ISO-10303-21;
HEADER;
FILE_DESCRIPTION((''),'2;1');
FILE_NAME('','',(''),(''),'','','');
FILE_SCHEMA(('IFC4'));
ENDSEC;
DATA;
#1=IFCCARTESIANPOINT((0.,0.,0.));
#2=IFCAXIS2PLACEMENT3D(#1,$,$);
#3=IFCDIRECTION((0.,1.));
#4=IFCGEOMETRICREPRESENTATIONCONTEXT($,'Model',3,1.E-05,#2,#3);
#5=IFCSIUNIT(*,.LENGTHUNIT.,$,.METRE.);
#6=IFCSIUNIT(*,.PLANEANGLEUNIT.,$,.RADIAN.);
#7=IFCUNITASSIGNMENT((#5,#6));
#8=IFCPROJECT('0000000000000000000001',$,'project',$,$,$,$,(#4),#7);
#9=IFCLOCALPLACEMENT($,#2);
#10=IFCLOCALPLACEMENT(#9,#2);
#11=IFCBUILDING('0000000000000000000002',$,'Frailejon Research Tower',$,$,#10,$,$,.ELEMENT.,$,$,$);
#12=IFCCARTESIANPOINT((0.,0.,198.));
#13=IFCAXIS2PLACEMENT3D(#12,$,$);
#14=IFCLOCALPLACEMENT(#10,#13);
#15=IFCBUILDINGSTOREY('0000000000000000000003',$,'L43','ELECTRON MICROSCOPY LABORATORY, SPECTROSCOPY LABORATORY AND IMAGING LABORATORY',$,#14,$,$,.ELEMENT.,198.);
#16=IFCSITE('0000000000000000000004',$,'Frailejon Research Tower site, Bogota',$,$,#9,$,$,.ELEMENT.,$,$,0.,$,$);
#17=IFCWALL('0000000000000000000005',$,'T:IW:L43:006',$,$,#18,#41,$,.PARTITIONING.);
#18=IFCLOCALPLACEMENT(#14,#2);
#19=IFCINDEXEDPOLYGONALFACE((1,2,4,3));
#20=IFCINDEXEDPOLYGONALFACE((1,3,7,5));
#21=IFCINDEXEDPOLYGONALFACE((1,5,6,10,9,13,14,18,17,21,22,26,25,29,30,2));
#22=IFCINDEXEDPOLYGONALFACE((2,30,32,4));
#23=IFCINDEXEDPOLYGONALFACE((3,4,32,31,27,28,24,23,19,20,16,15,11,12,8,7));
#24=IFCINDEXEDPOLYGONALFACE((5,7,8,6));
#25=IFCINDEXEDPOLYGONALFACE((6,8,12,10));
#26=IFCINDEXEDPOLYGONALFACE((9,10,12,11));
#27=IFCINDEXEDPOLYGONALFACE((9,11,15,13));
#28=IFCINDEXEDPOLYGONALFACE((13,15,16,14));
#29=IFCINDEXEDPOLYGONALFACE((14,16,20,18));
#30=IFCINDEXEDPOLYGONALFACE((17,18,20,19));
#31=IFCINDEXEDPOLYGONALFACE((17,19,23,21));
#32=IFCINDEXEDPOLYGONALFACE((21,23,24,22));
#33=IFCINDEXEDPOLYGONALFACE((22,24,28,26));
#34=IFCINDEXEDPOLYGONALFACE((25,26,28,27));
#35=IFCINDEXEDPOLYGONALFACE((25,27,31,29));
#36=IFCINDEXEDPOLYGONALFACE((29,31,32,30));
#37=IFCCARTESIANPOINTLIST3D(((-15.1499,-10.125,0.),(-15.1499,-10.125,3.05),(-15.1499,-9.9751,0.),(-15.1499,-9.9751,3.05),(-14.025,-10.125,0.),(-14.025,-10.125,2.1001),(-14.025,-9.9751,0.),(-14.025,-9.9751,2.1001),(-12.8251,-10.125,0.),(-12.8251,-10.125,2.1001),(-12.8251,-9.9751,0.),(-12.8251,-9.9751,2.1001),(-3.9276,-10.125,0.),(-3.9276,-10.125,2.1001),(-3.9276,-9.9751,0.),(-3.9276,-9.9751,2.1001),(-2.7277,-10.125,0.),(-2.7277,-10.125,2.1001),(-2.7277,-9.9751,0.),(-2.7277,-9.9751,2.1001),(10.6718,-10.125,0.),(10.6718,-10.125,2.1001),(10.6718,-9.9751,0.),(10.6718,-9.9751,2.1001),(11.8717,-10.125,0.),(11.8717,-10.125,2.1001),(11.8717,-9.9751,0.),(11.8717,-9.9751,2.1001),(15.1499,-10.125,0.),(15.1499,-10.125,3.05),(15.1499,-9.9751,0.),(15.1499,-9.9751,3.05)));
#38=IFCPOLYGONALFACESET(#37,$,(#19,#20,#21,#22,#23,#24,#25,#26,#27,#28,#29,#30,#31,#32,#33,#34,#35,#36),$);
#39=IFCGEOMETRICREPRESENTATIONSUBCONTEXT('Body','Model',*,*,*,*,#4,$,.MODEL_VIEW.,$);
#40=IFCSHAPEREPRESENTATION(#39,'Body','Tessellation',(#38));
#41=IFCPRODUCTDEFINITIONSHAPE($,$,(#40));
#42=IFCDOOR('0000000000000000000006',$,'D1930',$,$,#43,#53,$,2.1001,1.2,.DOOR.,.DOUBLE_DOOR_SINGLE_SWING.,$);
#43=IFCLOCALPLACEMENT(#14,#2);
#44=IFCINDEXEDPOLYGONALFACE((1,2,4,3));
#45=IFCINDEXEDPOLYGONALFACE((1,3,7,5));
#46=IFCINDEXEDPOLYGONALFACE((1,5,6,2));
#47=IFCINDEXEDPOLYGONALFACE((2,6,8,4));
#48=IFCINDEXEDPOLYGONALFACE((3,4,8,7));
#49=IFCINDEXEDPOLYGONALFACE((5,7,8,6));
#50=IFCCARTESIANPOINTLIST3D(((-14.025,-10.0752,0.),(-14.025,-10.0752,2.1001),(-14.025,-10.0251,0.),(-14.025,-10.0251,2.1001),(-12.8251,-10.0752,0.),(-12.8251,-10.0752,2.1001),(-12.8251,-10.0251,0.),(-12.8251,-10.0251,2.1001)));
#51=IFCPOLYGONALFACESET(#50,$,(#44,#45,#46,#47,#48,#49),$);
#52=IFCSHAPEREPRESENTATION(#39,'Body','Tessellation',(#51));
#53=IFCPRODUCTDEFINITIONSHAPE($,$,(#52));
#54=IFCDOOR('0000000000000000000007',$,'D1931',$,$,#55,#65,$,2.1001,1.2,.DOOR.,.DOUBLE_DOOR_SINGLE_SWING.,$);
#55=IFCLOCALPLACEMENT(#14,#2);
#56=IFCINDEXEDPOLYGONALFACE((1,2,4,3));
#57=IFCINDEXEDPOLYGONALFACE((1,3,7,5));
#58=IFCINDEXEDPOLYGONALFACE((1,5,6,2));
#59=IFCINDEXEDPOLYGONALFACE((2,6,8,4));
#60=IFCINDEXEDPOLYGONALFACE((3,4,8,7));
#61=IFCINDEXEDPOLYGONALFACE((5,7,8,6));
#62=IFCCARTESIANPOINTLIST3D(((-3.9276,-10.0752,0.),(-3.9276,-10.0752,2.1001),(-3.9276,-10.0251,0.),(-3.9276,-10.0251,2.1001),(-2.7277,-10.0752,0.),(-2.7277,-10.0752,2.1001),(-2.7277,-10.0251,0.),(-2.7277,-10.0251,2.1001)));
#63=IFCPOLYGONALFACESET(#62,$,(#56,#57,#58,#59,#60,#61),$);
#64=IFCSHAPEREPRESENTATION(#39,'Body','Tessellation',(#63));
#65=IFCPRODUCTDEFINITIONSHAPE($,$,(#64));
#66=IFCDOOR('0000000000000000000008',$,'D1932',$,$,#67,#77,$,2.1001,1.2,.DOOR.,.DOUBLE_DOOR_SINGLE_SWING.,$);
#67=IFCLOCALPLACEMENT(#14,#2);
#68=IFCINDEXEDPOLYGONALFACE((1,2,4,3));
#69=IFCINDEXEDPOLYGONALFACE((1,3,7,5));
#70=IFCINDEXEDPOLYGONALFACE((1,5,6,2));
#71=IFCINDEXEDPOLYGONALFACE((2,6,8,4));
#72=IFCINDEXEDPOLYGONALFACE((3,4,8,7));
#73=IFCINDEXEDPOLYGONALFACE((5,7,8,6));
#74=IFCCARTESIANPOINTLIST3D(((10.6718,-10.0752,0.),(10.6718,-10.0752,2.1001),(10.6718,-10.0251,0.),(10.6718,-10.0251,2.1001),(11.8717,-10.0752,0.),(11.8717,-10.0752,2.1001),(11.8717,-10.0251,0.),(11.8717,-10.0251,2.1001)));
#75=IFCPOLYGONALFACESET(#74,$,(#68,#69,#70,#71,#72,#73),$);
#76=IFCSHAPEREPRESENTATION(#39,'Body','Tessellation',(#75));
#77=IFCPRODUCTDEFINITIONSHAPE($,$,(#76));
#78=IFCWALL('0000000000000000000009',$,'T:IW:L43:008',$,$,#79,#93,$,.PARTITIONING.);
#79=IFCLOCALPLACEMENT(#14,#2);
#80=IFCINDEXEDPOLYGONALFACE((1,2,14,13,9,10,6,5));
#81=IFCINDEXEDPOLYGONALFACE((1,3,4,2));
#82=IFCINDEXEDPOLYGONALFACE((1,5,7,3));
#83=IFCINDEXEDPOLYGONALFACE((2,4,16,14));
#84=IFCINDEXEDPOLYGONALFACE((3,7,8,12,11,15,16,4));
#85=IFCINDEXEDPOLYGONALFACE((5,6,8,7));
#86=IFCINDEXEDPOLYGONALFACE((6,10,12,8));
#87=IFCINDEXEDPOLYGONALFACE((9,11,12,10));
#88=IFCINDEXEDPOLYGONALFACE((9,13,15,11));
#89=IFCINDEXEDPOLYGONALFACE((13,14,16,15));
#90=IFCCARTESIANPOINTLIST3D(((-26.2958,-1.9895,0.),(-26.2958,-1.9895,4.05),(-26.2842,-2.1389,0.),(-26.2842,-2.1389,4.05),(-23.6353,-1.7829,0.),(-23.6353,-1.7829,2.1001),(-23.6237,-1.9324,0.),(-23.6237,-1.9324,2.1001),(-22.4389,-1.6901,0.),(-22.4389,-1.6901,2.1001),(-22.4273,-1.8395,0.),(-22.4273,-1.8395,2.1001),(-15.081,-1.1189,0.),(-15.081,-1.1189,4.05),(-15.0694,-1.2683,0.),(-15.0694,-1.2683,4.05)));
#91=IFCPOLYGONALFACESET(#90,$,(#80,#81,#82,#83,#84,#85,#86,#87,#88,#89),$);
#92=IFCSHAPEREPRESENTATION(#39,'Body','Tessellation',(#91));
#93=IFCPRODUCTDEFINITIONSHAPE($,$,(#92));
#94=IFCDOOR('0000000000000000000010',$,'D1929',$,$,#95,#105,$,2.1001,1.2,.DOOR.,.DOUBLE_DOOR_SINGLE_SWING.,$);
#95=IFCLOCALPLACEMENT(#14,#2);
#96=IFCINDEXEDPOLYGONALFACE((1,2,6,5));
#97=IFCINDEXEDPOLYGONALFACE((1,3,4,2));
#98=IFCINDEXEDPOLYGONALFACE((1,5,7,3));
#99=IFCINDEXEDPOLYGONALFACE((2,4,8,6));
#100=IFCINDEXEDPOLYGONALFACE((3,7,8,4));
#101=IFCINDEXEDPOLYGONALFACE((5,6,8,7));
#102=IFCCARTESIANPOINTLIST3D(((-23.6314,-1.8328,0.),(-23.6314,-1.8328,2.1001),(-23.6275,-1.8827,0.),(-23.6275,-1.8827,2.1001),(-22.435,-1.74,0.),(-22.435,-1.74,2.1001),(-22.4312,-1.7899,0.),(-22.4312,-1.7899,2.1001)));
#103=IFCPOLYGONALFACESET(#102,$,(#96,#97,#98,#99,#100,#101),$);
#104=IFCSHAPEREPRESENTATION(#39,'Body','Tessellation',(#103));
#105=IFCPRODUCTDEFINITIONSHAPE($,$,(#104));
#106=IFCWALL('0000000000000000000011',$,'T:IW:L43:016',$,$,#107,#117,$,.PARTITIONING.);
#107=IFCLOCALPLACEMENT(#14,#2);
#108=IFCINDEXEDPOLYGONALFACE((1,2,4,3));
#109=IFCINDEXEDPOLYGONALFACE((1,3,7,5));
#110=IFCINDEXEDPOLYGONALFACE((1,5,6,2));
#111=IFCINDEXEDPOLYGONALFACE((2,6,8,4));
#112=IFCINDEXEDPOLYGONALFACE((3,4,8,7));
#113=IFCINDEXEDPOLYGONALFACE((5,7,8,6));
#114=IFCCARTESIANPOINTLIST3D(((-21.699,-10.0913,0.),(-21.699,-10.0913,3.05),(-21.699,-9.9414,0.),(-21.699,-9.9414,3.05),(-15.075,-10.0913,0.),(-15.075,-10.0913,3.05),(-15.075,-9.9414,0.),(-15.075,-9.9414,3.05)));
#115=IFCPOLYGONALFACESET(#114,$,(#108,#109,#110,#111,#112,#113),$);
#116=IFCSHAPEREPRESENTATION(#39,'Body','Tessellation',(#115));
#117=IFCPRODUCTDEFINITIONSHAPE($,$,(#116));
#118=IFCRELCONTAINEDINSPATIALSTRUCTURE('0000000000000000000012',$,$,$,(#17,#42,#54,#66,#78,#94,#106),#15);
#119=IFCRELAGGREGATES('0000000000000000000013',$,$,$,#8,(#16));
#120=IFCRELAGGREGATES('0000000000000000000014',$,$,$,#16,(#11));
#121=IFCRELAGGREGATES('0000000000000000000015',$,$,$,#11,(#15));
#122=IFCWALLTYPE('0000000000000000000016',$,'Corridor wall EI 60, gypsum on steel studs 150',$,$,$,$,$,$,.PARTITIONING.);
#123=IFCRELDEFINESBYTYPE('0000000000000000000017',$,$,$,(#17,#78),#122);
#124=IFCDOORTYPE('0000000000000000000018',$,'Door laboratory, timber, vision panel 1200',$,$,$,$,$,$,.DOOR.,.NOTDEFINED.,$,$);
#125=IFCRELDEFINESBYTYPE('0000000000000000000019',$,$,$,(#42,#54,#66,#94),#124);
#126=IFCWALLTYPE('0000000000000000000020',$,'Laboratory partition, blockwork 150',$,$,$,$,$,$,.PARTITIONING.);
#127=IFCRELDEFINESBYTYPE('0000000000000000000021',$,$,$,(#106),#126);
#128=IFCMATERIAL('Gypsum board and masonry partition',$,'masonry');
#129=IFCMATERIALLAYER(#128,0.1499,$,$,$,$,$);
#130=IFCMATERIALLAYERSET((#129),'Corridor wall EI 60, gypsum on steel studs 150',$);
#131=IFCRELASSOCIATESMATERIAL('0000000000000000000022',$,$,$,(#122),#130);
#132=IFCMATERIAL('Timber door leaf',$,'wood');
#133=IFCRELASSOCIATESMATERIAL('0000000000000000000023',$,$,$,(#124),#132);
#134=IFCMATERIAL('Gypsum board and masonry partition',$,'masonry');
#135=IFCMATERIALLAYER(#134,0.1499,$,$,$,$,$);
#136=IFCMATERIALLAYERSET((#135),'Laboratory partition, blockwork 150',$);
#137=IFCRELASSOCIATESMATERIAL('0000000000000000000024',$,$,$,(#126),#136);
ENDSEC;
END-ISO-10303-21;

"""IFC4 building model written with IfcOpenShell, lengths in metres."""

from ifc_helpers import new_model, si_unit, direction, frame, frame_2d, origin, place, context, subcontext, project, spatial, rectangle, extrude, material, layer, layer_set, type_object, element, fill, save


model = new_model("IFC4")

# Units and contexts
model_context = context("Model", 3, precision=1e-05, world=origin(), true_north=direction((0.0, 1.0)))
body_context = subcontext(model_context, "Body", "Model", "MODEL_VIEW")
ifc_project = project(units=[si_unit("LENGTHUNIT", "METRE"), si_unit("PLANEANGLEUNIT", "RADIAN")], contexts=[model_context])

# Site, building, storey
site_placement = place(None, origin())
site = spatial("IfcSite", under=ifc_project, at=site_placement, Name="Frailejon Research Tower site, Bogota", CompositionType="ELEMENT", RefElevation=0.0)
building_placement = place(site_placement, origin())
building = spatial("IfcBuilding", under=site, at=building_placement, Name="Frailejon Research Tower", CompositionType="ELEMENT")
storey_placement = place(building_placement, frame((0.0, 0.0, 198.0)))
storey = spatial("IfcBuildingStorey", under=building, at=storey_placement, Name="L43", Description="ELECTRON MICROSCOPY LABORATORY, SPECTROSCOPY LABORATORY AND IMAGING LABORATORY", CompositionType="ELEMENT", Elevation=198.0)

# Shared definitions
ifc_material_1 = material(Name="Gypsum board and masonry partition", Category="masonry")
ifc_layer_1 = layer(ifc_material_1, 0.1499)
ifc_layer_set_1 = layer_set([ifc_layer_1], Name="Corridor wall EI 60, gypsum on steel studs 150")
wall_type_1 = type_object("IfcWallType", Name="Corridor wall EI 60, gypsum on steel studs 150", PredefinedType="PARTITIONING", material=ifc_layer_set_1)

# Wall, openings, doors
wall_1_placement = place(storey_placement, frame((-15.1499, -10.05, 0.0), z_axis=(0.0, 0.0, 1.0), x_axis=(1.0, 0.0, 0.0)))
wall_1 = element("IfcWall", 1, at=wall_1_placement, inside=storey, type_object=wall_type_1, Name="T:IW:L43:006", PredefinedType="PARTITIONING", context=body_context, shape_type="SweptSolid", body=[
    extrude(rectangle(XDim=30.2998, YDim=0.1499, at=frame_2d((15.1499, 0.0))), origin(), (0.0, 0.0, 1.0), 3.05),
])
opening_1_placement = place(wall_1_placement, frame((1.1248, 0.0, 0.0)))
opening_1 = element("IfcOpeningElement", 2, at=opening_1_placement, cuts=wall_1, PredefinedType="OPENING", context=body_context, shape_type="SweptSolid", body=[
    extrude(rectangle(XDim=1.2, YDim=2.1001, at=frame_2d((0.6001, 1.05))), frame((0.0, 0.085, 0.0), z_axis=(0.0, -1.0, 0.0), x_axis=(1.0, 0.0, 0.0)), (0.0, 0.0, 1.0), 0.1699),
])
opening_2_placement = place(wall_1_placement, frame((11.2222, 0.0, 0.0)))
opening_2 = element("IfcOpeningElement", 3, at=opening_2_placement, cuts=wall_1, PredefinedType="OPENING", context=body_context, shape_type="SweptSolid", body=[
    extrude(rectangle(XDim=1.2, YDim=2.1001, at=frame_2d((0.6001, 1.05))), frame((0.0, 0.085, 0.0), z_axis=(0.0, -1.0, 0.0), x_axis=(1.0, 0.0, 0.0)), (0.0, 0.0, 1.0), 0.1699),
])
opening_3_placement = place(wall_1_placement, frame((25.8215, 0.0, 0.0)))
opening_3 = element("IfcOpeningElement", 4, at=opening_3_placement, cuts=wall_1, PredefinedType="OPENING", context=body_context, shape_type="SweptSolid", body=[
    extrude(rectangle(XDim=1.2, YDim=2.1001, at=frame_2d((0.6001, 1.05))), frame((0.0, 0.085, 0.0), z_axis=(0.0, -1.0, 0.0), x_axis=(1.0, 0.0, 0.0)), (0.0, 0.0, 1.0), 0.1699),
])
ifc_material_2 = material(Name="Timber door leaf", Category="wood")
door_type_1 = type_object("IfcDoorType", Name="Door laboratory, timber, vision panel 1200", OperationType="NOTDEFINED", PredefinedType="DOOR", material=ifc_material_2)
door_1_placement = place(opening_1_placement, origin())
door_1 = element("IfcDoor", 5, at=door_1_placement, inside=storey, type_object=door_type_1, Name="D1930", OperationType="DOUBLE_DOOR_SINGLE_SWING", OverallHeight=2.1001, OverallWidth=1.2, PredefinedType="DOOR", context=body_context, shape_type="SweptSolid", body=[
    extrude(rectangle(XDim=1.2, YDim=2.1001, at=frame_2d((0.6001, 1.05))), frame((0.0, 0.0249, 0.0), z_axis=(0.0, -1.0, 0.0), x_axis=(1.0, 0.0, 0.0)), (0.0, 0.0, 1.0), 0.05),
])
fill(opening_1, door_1)
door_2_placement = place(opening_2_placement, origin())
door_2 = element("IfcDoor", 6, at=door_2_placement, inside=storey, type_object=door_type_1, Name="D1931", OperationType="DOUBLE_DOOR_SINGLE_SWING", OverallHeight=2.1001, OverallWidth=1.2, PredefinedType="DOOR", context=body_context, shape_type="SweptSolid", body=[
    extrude(rectangle(XDim=1.2, YDim=2.1001, at=frame_2d((0.6001, 1.05))), frame((0.0, 0.0249, 0.0), z_axis=(0.0, -1.0, 0.0), x_axis=(1.0, 0.0, 0.0)), (0.0, 0.0, 1.0), 0.05),
])
fill(opening_2, door_2)
door_3_placement = place(opening_3_placement, origin())
door_3 = element("IfcDoor", 7, at=door_3_placement, inside=storey, type_object=door_type_1, Name="D1932", OperationType="DOUBLE_DOOR_SINGLE_SWING", OverallHeight=2.1001, OverallWidth=1.2, PredefinedType="DOOR", context=body_context, shape_type="SweptSolid", body=[
    extrude(rectangle(XDim=1.2, YDim=2.1001, at=frame_2d((0.6001, 1.05))), frame((0.0, 0.0249, 0.0), z_axis=(0.0, -1.0, 0.0), x_axis=(1.0, 0.0, 0.0)), (0.0, 0.0, 1.0), 0.05),
])
fill(opening_3, door_3)

# Wall, opening, door
wall_2_placement = place(storey_placement, frame((-26.29, -2.0642, 0.0), z_axis=(0.0, 0.0, 1.0), x_axis=(0.997, 0.077397, 0.0)))
wall_2 = element("IfcWall", 8, at=wall_2_placement, inside=storey, type_object=wall_type_1, Name="T:IW:L43:008", PredefinedType="PARTITIONING", context=body_context, shape_type="SweptSolid", body=[
    extrude(rectangle(XDim=11.2485, YDim=0.1499, at=frame_2d((5.6243, 0.0))), origin(), (0.0, 0.0, 1.0), 4.05),
])
opening_4_placement = place(wall_2_placement, frame((2.6685, 0.0, 0.0)))
opening_4 = element("IfcOpeningElement", 9, at=opening_4_placement, cuts=wall_2, PredefinedType="OPENING", context=body_context, shape_type="SweptSolid", body=[
    extrude(rectangle(XDim=1.2, YDim=2.1001, at=frame_2d((0.6001, 1.05))), frame((0.0, 0.085, 0.0), z_axis=(0.0, -1.0, 0.0), x_axis=(1.0, 0.0, 0.0)), (0.0, 0.0, 1.0), 0.1699),
])
door_4_placement = place(opening_4_placement, origin())
door_4 = element("IfcDoor", 10, at=door_4_placement, inside=storey, type_object=door_type_1, Name="D1929", OperationType="DOUBLE_DOOR_SINGLE_SWING", OverallHeight=2.1001, OverallWidth=1.2, PredefinedType="DOOR", context=body_context, shape_type="SweptSolid", body=[
    extrude(rectangle(XDim=1.2, YDim=2.1001, at=frame_2d((0.6001, 1.05))), frame((0.0, 0.0249, 0.0), z_axis=(0.0, -1.0, 0.0), x_axis=(1.0, 0.0, 0.0)), (0.0, 0.0, 1.0), 0.05),
])
fill(opening_4, door_4)

# Wall
ifc_material_3 = material(Name="Gypsum board and masonry partition", Category="masonry")
ifc_layer_2 = layer(ifc_material_3, 0.1499)
ifc_layer_set_2 = layer_set([ifc_layer_2], Name="Laboratory partition, blockwork 150")
wall_type_2 = type_object("IfcWallType", Name="Laboratory partition, blockwork 150", PredefinedType="PARTITIONING", material=ifc_layer_set_2)
wall_3_placement = place(storey_placement, frame((-21.699, -10.0164, 0.0), z_axis=(0.0, 0.0, 1.0), x_axis=(1.0, 0.0, 0.0)))
element("IfcWall", 11, at=wall_3_placement, inside=storey, type_object=wall_type_2, Name="T:IW:L43:016", PredefinedType="PARTITIONING", context=body_context, shape_type="SweptSolid", body=[
    extrude(rectangle(XDim=6.624, YDim=0.1499, at=frame_2d((3.312, 0.0))), origin(), (0.0, 0.0, 1.0), 3.05),
])

save(model, "model.ifc")
